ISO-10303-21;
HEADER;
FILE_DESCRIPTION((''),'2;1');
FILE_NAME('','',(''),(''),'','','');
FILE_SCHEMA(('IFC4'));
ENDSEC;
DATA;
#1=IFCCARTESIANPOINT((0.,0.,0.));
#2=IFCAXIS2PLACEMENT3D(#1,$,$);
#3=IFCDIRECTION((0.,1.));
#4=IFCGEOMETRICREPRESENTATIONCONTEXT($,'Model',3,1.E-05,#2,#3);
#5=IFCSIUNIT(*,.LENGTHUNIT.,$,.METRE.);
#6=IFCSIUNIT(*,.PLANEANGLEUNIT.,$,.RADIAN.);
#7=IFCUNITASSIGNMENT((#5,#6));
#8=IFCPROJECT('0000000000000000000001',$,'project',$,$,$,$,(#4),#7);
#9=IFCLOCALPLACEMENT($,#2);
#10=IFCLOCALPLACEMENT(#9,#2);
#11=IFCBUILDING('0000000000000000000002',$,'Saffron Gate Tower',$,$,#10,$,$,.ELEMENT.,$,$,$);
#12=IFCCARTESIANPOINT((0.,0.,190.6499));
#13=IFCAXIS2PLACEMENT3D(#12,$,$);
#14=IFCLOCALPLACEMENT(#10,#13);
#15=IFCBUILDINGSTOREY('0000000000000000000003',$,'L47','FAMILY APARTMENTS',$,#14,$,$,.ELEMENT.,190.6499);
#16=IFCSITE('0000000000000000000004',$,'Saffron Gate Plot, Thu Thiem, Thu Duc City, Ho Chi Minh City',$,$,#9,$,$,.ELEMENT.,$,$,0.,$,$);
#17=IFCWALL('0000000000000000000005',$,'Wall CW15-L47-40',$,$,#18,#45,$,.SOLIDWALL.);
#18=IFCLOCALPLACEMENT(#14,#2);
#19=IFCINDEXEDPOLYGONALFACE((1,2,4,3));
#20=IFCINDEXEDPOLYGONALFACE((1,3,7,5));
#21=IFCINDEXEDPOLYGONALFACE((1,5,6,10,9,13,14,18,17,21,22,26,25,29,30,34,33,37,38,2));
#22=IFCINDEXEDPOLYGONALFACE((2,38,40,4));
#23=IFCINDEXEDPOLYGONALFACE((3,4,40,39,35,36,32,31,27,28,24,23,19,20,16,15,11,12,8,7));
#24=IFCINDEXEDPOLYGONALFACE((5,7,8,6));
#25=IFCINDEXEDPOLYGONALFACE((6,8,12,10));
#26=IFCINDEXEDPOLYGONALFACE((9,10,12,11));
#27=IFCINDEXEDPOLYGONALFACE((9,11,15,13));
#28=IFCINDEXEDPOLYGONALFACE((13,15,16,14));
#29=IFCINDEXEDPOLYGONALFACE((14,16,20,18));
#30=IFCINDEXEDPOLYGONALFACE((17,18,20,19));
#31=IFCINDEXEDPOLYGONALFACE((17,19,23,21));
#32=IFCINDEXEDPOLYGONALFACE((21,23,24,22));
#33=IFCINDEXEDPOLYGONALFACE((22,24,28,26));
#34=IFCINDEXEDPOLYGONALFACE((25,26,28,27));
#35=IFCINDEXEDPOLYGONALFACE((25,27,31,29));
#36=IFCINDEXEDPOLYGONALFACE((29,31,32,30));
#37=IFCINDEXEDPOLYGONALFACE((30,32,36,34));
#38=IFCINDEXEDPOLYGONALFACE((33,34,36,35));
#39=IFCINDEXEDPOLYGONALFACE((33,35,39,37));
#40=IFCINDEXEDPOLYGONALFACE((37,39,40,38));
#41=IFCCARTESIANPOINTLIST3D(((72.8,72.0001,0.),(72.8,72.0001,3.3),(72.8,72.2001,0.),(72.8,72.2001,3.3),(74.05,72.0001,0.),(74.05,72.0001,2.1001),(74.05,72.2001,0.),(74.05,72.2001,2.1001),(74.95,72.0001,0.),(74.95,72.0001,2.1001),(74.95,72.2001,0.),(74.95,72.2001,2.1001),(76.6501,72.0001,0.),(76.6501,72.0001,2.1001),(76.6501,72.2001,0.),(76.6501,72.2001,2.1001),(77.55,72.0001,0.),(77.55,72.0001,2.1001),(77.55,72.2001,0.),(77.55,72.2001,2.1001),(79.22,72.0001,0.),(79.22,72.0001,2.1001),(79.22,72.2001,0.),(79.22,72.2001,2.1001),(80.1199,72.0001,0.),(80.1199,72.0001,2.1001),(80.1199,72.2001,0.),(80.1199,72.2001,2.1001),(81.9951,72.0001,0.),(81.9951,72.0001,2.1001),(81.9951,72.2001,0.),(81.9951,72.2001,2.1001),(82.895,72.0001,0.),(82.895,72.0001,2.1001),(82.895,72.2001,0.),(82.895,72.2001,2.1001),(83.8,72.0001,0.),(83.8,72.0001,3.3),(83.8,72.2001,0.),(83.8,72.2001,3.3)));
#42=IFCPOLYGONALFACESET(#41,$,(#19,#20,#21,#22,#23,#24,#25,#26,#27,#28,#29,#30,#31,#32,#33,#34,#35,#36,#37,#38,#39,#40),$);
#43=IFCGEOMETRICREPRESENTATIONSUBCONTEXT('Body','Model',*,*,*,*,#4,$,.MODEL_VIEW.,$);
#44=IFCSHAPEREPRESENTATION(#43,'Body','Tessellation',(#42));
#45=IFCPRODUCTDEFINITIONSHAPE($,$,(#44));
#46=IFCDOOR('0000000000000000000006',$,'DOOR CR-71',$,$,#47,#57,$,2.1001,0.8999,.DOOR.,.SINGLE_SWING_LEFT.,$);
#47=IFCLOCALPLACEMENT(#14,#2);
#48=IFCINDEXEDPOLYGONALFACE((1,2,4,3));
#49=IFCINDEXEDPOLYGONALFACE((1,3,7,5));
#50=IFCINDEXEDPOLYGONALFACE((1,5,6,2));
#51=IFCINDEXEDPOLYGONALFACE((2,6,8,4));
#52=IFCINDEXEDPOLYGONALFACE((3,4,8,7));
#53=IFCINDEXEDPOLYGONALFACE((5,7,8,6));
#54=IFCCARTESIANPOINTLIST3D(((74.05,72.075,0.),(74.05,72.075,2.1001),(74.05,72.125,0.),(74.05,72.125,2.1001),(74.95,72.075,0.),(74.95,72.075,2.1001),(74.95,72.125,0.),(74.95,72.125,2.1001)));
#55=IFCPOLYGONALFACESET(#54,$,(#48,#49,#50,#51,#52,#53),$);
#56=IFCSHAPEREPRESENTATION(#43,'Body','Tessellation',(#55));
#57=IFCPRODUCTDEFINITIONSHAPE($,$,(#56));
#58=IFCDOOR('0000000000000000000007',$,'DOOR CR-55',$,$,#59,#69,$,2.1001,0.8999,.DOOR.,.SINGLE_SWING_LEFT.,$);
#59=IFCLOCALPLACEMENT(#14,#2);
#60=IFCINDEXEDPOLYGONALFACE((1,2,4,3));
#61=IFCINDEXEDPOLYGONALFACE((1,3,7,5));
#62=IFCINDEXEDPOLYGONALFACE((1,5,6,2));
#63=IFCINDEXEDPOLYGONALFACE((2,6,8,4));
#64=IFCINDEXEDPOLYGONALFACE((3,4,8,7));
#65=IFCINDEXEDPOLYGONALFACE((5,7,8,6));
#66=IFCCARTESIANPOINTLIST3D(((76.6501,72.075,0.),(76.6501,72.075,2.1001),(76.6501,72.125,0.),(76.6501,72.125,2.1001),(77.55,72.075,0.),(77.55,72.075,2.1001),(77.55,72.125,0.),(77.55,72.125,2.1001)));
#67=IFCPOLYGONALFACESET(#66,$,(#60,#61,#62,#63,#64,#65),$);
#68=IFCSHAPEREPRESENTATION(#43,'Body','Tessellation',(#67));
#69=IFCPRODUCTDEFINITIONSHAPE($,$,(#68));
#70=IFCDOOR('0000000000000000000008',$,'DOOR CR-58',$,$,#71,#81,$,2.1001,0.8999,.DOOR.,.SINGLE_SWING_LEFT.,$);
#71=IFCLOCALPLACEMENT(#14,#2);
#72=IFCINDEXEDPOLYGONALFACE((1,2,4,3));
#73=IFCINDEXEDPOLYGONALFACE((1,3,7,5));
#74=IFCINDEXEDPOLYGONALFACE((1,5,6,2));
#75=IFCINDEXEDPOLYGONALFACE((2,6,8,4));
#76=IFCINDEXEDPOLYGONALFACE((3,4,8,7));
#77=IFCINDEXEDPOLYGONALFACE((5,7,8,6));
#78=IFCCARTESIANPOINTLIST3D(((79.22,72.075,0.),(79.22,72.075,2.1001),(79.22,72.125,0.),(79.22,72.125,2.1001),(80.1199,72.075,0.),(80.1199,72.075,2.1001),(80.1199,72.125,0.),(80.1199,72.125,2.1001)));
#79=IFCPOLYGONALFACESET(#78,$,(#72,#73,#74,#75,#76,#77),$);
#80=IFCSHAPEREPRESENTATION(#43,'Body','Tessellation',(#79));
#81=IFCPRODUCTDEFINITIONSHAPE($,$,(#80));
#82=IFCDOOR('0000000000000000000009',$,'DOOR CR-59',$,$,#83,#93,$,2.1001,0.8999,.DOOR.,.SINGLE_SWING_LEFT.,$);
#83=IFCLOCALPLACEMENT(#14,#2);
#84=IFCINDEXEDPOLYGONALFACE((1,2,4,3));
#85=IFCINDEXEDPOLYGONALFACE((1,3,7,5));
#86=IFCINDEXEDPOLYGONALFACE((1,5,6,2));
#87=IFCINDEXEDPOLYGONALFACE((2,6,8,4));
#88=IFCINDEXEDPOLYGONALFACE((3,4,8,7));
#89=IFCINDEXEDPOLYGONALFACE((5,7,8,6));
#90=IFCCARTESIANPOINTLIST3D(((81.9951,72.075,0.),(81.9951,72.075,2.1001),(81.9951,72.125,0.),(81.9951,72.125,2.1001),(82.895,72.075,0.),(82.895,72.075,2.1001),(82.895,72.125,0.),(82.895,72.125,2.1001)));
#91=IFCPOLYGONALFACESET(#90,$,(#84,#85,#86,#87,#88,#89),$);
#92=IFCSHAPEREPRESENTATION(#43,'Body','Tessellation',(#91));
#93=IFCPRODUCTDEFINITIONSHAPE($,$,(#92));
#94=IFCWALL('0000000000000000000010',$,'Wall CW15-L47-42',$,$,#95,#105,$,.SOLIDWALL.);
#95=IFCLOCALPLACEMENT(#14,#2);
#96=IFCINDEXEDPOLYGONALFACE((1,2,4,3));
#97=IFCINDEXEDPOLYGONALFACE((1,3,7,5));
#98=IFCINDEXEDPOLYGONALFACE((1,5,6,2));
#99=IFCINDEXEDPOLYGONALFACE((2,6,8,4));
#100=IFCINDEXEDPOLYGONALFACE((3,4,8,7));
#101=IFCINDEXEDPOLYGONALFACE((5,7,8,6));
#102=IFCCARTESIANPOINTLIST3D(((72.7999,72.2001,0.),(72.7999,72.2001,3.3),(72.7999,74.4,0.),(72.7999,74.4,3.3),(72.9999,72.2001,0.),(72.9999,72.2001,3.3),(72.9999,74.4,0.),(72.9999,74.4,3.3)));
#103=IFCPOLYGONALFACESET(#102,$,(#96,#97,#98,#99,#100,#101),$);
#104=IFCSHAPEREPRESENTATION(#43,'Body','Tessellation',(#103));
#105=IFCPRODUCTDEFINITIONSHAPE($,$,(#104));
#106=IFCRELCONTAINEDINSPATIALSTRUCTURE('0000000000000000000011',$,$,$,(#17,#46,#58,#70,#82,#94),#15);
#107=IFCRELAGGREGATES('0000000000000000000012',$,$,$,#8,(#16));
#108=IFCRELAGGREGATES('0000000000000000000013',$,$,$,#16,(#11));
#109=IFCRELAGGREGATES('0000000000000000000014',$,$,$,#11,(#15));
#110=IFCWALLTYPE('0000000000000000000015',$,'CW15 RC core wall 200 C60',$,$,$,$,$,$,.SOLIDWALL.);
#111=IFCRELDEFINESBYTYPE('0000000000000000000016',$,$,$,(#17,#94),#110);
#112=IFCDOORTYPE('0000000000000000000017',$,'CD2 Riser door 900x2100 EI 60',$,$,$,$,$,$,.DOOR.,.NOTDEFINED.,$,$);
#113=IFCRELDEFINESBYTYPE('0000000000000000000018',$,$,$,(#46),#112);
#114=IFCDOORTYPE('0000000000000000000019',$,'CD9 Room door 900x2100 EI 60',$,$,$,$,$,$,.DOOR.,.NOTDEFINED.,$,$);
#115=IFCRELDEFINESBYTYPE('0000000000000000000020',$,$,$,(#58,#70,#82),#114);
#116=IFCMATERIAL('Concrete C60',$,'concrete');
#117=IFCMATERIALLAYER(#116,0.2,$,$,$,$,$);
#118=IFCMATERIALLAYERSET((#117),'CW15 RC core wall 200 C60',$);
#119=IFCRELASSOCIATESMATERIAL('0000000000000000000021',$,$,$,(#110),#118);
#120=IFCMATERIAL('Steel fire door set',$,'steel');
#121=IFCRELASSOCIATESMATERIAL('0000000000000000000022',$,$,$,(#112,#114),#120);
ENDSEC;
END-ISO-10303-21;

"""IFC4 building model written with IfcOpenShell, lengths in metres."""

from ifc_helpers import new_model, si_unit, direction, frame, frame_2d, origin, place, context, subcontext, project, spatial, rectangle, extrude, material, layer, layer_set, type_object, element, fill, save


model = new_model("IFC4")

# Units and contexts
model_context = context("Model", 3, precision=1e-05, world=origin(), true_north=direction((0.0, 1.0)))
body_context = subcontext(model_context, "Body", "Model", "MODEL_VIEW")
ifc_project = project(units=[si_unit("LENGTHUNIT", "METRE"), si_unit("PLANEANGLEUNIT", "RADIAN")], contexts=[model_context])

# Site, building, storey
site_placement = place(None, origin())
site = spatial("IfcSite", under=ifc_project, at=site_placement, Name="Saffron Gate Plot, Thu Thiem, Thu Duc City, Ho Chi Minh City", CompositionType="ELEMENT", RefElevation=0.0)
building_placement = place(site_placement, origin())
building = spatial("IfcBuilding", under=site, at=building_placement, Name="Saffron Gate Tower", CompositionType="ELEMENT")
storey_placement = place(building_placement, frame((0.0, 0.0, 190.6499)))
storey = spatial("IfcBuildingStorey", under=building, at=storey_placement, Name="L47", Description="FAMILY APARTMENTS", CompositionType="ELEMENT", Elevation=190.6499)

# Shared definitions
ifc_material_1 = material(Name="Concrete C60", Category="concrete")
ifc_layer = layer(ifc_material_1, 0.2)
ifc_layer_set = layer_set([ifc_layer], Name="CW15 RC core wall 200 C60")
wall_type = type_object("IfcWallType", Name="CW15 RC core wall 200 C60", PredefinedType="SOLIDWALL", material=ifc_layer_set)
ifc_material_2 = material(Name="Steel fire door set", Category="steel")

# Wall, openings, doors
wall_1_placement = place(storey_placement, frame((72.8, 72.1001, 0.0), z_axis=(0.0, 0.0, 1.0), x_axis=(1.0, 0.0, 0.0)))
wall_1 = element("IfcWall", 1, at=wall_1_placement, inside=storey, type_object=wall_type, Name="Wall CW15-L47-40", PredefinedType="SOLIDWALL", context=body_context, shape_type="SweptSolid", body=[
    extrude(rectangle(XDim=11.0, YDim=0.2, at=frame_2d((5.5, 0.0))), origin(), (0.0, 0.0, 1.0), 3.3),
])
opening_1_placement = place(wall_1_placement, frame((1.25, 0.0, 0.0)))
opening_1 = element("IfcOpeningElement", 2, at=opening_1_placement, cuts=wall_1, PredefinedType="OPENING", context=body_context, shape_type="SweptSolid", body=[
    extrude(rectangle(XDim=0.8999, YDim=2.1001, at=frame_2d((0.45, 1.05))), frame((0.0, 0.1099, 0.0), z_axis=(0.0, -1.0, 0.0), x_axis=(1.0, 0.0, 0.0)), (0.0, 0.0, 1.0), 0.22),
])
opening_2_placement = place(wall_1_placement, frame((3.8501, 0.0, 0.0)))
opening_2 = element("IfcOpeningElement", 3, at=opening_2_placement, cuts=wall_1, PredefinedType="OPENING", context=body_context, shape_type="SweptSolid", body=[
    extrude(rectangle(XDim=0.8999, YDim=2.1001, at=frame_2d((0.45, 1.05))), frame((0.0, 0.1099, 0.0), z_axis=(0.0, -1.0, 0.0), x_axis=(1.0, 0.0, 0.0)), (0.0, 0.0, 1.0), 0.22),
])
opening_3_placement = place(wall_1_placement, frame((6.4199, 0.0, 0.0)))
opening_3 = element("IfcOpeningElement", 4, at=opening_3_placement, cuts=wall_1, PredefinedType="OPENING", context=body_context, shape_type="SweptSolid", body=[
    extrude(rectangle(XDim=0.8999, YDim=2.1001, at=frame_2d((0.45, 1.05))), frame((0.0, 0.1099, 0.0), z_axis=(0.0, -1.0, 0.0), x_axis=(1.0, 0.0, 0.0)), (0.0, 0.0, 1.0), 0.22),
])
opening_4_placement = place(wall_1_placement, frame((9.1951, 0.0, 0.0)))
opening_4 = element("IfcOpeningElement", 5, at=opening_4_placement, cuts=wall_1, PredefinedType="OPENING", context=body_context, shape_type="SweptSolid", body=[
    extrude(rectangle(XDim=0.8999, YDim=2.1001, at=frame_2d((0.45, 1.05))), frame((0.0, 0.1099, 0.0), z_axis=(0.0, -1.0, 0.0), x_axis=(1.0, 0.0, 0.0)), (0.0, 0.0, 1.0), 0.22),
])
door_type_1 = type_object("IfcDoorType", Name="CD2 Riser door 900x2100 EI 60", OperationType="NOTDEFINED", PredefinedType="DOOR", material=ifc_material_2)
door_1_placement = place(opening_1_placement, origin())
door_1 = element("IfcDoor", 6, at=door_1_placement, inside=storey, type_object=door_type_1, Name="DOOR CR-71", OperationType="SINGLE_SWING_LEFT", OverallHeight=2.1001, OverallWidth=0.8999, PredefinedType="DOOR", context=body_context, shape_type="SweptSolid", body=[
    extrude(rectangle(XDim=0.8999, YDim=2.1001, at=frame_2d((0.45, 1.05))), frame((0.0, 0.0249, 0.0), z_axis=(0.0, -1.0, 0.0), x_axis=(1.0, 0.0, 0.0)), (0.0, 0.0, 1.0), 0.05),
])
fill(opening_1, door_1)
door_type_2 = type_object("IfcDoorType", Name="CD9 Room door 900x2100 EI 60", OperationType="NOTDEFINED", PredefinedType="DOOR", material=ifc_material_2)
door_2_placement = place(opening_2_placement, origin())
door_2 = element("IfcDoor", 7, at=door_2_placement, inside=storey, type_object=door_type_2, Name="DOOR CR-55", OperationType="SINGLE_SWING_LEFT", OverallHeight=2.1001, OverallWidth=0.8999, PredefinedType="DOOR", context=body_context, shape_type="SweptSolid", body=[
    extrude(rectangle(XDim=0.8999, YDim=2.1001, at=frame_2d((0.45, 1.05))), frame((0.0, 0.0249, 0.0), z_axis=(0.0, -1.0, 0.0), x_axis=(1.0, 0.0, 0.0)), (0.0, 0.0, 1.0), 0.05),
])
fill(opening_2, door_2)
door_3_placement = place(opening_3_placement, origin())
door_3 = element("IfcDoor", 8, at=door_3_placement, inside=storey, type_object=door_type_2, Name="DOOR CR-58", OperationType="SINGLE_SWING_LEFT", OverallHeight=2.1001, OverallWidth=0.8999, PredefinedType="DOOR", context=body_context, shape_type="SweptSolid", body=[
    extrude(rectangle(XDim=0.8999, YDim=2.1001, at=frame_2d((0.45, 1.05))), frame((0.0, 0.0249, 0.0), z_axis=(0.0, -1.0, 0.0), x_axis=(1.0, 0.0, 0.0)), (0.0, 0.0, 1.0), 0.05),
])
fill(opening_3, door_3)
door_4_placement = place(opening_4_placement, origin())
door_4 = element("IfcDoor", 9, at=door_4_placement, inside=storey, type_object=door_type_2, Name="DOOR CR-59", OperationType="SINGLE_SWING_LEFT", OverallHeight=2.1001, OverallWidth=0.8999, PredefinedType="DOOR", context=body_context, shape_type="SweptSolid", body=[
    extrude(rectangle(XDim=0.8999, YDim=2.1001, at=frame_2d((0.45, 1.05))), frame((0.0, 0.0249, 0.0), z_axis=(0.0, -1.0, 0.0), x_axis=(1.0, 0.0, 0.0)), (0.0, 0.0, 1.0), 0.05),
])
fill(opening_4, door_4)

# Wall
wall_2_placement = place(storey_placement, frame((72.8999, 72.2, 0.0), z_axis=(0.0, 0.0, 1.0), x_axis=(0.0, 1.0, 0.0)))
element("IfcWall", 10, at=wall_2_placement, inside=storey, type_object=wall_type, Name="Wall CW15-L47-42", PredefinedType="SOLIDWALL", context=body_context, shape_type="SweptSolid", body=[
    extrude(rectangle(XDim=2.2, YDim=0.2, at=frame_2d((1.1001, 0.0))), origin(), (0.0, 0.0, 1.0), 3.3),
])

save(model, "model.ifc")
